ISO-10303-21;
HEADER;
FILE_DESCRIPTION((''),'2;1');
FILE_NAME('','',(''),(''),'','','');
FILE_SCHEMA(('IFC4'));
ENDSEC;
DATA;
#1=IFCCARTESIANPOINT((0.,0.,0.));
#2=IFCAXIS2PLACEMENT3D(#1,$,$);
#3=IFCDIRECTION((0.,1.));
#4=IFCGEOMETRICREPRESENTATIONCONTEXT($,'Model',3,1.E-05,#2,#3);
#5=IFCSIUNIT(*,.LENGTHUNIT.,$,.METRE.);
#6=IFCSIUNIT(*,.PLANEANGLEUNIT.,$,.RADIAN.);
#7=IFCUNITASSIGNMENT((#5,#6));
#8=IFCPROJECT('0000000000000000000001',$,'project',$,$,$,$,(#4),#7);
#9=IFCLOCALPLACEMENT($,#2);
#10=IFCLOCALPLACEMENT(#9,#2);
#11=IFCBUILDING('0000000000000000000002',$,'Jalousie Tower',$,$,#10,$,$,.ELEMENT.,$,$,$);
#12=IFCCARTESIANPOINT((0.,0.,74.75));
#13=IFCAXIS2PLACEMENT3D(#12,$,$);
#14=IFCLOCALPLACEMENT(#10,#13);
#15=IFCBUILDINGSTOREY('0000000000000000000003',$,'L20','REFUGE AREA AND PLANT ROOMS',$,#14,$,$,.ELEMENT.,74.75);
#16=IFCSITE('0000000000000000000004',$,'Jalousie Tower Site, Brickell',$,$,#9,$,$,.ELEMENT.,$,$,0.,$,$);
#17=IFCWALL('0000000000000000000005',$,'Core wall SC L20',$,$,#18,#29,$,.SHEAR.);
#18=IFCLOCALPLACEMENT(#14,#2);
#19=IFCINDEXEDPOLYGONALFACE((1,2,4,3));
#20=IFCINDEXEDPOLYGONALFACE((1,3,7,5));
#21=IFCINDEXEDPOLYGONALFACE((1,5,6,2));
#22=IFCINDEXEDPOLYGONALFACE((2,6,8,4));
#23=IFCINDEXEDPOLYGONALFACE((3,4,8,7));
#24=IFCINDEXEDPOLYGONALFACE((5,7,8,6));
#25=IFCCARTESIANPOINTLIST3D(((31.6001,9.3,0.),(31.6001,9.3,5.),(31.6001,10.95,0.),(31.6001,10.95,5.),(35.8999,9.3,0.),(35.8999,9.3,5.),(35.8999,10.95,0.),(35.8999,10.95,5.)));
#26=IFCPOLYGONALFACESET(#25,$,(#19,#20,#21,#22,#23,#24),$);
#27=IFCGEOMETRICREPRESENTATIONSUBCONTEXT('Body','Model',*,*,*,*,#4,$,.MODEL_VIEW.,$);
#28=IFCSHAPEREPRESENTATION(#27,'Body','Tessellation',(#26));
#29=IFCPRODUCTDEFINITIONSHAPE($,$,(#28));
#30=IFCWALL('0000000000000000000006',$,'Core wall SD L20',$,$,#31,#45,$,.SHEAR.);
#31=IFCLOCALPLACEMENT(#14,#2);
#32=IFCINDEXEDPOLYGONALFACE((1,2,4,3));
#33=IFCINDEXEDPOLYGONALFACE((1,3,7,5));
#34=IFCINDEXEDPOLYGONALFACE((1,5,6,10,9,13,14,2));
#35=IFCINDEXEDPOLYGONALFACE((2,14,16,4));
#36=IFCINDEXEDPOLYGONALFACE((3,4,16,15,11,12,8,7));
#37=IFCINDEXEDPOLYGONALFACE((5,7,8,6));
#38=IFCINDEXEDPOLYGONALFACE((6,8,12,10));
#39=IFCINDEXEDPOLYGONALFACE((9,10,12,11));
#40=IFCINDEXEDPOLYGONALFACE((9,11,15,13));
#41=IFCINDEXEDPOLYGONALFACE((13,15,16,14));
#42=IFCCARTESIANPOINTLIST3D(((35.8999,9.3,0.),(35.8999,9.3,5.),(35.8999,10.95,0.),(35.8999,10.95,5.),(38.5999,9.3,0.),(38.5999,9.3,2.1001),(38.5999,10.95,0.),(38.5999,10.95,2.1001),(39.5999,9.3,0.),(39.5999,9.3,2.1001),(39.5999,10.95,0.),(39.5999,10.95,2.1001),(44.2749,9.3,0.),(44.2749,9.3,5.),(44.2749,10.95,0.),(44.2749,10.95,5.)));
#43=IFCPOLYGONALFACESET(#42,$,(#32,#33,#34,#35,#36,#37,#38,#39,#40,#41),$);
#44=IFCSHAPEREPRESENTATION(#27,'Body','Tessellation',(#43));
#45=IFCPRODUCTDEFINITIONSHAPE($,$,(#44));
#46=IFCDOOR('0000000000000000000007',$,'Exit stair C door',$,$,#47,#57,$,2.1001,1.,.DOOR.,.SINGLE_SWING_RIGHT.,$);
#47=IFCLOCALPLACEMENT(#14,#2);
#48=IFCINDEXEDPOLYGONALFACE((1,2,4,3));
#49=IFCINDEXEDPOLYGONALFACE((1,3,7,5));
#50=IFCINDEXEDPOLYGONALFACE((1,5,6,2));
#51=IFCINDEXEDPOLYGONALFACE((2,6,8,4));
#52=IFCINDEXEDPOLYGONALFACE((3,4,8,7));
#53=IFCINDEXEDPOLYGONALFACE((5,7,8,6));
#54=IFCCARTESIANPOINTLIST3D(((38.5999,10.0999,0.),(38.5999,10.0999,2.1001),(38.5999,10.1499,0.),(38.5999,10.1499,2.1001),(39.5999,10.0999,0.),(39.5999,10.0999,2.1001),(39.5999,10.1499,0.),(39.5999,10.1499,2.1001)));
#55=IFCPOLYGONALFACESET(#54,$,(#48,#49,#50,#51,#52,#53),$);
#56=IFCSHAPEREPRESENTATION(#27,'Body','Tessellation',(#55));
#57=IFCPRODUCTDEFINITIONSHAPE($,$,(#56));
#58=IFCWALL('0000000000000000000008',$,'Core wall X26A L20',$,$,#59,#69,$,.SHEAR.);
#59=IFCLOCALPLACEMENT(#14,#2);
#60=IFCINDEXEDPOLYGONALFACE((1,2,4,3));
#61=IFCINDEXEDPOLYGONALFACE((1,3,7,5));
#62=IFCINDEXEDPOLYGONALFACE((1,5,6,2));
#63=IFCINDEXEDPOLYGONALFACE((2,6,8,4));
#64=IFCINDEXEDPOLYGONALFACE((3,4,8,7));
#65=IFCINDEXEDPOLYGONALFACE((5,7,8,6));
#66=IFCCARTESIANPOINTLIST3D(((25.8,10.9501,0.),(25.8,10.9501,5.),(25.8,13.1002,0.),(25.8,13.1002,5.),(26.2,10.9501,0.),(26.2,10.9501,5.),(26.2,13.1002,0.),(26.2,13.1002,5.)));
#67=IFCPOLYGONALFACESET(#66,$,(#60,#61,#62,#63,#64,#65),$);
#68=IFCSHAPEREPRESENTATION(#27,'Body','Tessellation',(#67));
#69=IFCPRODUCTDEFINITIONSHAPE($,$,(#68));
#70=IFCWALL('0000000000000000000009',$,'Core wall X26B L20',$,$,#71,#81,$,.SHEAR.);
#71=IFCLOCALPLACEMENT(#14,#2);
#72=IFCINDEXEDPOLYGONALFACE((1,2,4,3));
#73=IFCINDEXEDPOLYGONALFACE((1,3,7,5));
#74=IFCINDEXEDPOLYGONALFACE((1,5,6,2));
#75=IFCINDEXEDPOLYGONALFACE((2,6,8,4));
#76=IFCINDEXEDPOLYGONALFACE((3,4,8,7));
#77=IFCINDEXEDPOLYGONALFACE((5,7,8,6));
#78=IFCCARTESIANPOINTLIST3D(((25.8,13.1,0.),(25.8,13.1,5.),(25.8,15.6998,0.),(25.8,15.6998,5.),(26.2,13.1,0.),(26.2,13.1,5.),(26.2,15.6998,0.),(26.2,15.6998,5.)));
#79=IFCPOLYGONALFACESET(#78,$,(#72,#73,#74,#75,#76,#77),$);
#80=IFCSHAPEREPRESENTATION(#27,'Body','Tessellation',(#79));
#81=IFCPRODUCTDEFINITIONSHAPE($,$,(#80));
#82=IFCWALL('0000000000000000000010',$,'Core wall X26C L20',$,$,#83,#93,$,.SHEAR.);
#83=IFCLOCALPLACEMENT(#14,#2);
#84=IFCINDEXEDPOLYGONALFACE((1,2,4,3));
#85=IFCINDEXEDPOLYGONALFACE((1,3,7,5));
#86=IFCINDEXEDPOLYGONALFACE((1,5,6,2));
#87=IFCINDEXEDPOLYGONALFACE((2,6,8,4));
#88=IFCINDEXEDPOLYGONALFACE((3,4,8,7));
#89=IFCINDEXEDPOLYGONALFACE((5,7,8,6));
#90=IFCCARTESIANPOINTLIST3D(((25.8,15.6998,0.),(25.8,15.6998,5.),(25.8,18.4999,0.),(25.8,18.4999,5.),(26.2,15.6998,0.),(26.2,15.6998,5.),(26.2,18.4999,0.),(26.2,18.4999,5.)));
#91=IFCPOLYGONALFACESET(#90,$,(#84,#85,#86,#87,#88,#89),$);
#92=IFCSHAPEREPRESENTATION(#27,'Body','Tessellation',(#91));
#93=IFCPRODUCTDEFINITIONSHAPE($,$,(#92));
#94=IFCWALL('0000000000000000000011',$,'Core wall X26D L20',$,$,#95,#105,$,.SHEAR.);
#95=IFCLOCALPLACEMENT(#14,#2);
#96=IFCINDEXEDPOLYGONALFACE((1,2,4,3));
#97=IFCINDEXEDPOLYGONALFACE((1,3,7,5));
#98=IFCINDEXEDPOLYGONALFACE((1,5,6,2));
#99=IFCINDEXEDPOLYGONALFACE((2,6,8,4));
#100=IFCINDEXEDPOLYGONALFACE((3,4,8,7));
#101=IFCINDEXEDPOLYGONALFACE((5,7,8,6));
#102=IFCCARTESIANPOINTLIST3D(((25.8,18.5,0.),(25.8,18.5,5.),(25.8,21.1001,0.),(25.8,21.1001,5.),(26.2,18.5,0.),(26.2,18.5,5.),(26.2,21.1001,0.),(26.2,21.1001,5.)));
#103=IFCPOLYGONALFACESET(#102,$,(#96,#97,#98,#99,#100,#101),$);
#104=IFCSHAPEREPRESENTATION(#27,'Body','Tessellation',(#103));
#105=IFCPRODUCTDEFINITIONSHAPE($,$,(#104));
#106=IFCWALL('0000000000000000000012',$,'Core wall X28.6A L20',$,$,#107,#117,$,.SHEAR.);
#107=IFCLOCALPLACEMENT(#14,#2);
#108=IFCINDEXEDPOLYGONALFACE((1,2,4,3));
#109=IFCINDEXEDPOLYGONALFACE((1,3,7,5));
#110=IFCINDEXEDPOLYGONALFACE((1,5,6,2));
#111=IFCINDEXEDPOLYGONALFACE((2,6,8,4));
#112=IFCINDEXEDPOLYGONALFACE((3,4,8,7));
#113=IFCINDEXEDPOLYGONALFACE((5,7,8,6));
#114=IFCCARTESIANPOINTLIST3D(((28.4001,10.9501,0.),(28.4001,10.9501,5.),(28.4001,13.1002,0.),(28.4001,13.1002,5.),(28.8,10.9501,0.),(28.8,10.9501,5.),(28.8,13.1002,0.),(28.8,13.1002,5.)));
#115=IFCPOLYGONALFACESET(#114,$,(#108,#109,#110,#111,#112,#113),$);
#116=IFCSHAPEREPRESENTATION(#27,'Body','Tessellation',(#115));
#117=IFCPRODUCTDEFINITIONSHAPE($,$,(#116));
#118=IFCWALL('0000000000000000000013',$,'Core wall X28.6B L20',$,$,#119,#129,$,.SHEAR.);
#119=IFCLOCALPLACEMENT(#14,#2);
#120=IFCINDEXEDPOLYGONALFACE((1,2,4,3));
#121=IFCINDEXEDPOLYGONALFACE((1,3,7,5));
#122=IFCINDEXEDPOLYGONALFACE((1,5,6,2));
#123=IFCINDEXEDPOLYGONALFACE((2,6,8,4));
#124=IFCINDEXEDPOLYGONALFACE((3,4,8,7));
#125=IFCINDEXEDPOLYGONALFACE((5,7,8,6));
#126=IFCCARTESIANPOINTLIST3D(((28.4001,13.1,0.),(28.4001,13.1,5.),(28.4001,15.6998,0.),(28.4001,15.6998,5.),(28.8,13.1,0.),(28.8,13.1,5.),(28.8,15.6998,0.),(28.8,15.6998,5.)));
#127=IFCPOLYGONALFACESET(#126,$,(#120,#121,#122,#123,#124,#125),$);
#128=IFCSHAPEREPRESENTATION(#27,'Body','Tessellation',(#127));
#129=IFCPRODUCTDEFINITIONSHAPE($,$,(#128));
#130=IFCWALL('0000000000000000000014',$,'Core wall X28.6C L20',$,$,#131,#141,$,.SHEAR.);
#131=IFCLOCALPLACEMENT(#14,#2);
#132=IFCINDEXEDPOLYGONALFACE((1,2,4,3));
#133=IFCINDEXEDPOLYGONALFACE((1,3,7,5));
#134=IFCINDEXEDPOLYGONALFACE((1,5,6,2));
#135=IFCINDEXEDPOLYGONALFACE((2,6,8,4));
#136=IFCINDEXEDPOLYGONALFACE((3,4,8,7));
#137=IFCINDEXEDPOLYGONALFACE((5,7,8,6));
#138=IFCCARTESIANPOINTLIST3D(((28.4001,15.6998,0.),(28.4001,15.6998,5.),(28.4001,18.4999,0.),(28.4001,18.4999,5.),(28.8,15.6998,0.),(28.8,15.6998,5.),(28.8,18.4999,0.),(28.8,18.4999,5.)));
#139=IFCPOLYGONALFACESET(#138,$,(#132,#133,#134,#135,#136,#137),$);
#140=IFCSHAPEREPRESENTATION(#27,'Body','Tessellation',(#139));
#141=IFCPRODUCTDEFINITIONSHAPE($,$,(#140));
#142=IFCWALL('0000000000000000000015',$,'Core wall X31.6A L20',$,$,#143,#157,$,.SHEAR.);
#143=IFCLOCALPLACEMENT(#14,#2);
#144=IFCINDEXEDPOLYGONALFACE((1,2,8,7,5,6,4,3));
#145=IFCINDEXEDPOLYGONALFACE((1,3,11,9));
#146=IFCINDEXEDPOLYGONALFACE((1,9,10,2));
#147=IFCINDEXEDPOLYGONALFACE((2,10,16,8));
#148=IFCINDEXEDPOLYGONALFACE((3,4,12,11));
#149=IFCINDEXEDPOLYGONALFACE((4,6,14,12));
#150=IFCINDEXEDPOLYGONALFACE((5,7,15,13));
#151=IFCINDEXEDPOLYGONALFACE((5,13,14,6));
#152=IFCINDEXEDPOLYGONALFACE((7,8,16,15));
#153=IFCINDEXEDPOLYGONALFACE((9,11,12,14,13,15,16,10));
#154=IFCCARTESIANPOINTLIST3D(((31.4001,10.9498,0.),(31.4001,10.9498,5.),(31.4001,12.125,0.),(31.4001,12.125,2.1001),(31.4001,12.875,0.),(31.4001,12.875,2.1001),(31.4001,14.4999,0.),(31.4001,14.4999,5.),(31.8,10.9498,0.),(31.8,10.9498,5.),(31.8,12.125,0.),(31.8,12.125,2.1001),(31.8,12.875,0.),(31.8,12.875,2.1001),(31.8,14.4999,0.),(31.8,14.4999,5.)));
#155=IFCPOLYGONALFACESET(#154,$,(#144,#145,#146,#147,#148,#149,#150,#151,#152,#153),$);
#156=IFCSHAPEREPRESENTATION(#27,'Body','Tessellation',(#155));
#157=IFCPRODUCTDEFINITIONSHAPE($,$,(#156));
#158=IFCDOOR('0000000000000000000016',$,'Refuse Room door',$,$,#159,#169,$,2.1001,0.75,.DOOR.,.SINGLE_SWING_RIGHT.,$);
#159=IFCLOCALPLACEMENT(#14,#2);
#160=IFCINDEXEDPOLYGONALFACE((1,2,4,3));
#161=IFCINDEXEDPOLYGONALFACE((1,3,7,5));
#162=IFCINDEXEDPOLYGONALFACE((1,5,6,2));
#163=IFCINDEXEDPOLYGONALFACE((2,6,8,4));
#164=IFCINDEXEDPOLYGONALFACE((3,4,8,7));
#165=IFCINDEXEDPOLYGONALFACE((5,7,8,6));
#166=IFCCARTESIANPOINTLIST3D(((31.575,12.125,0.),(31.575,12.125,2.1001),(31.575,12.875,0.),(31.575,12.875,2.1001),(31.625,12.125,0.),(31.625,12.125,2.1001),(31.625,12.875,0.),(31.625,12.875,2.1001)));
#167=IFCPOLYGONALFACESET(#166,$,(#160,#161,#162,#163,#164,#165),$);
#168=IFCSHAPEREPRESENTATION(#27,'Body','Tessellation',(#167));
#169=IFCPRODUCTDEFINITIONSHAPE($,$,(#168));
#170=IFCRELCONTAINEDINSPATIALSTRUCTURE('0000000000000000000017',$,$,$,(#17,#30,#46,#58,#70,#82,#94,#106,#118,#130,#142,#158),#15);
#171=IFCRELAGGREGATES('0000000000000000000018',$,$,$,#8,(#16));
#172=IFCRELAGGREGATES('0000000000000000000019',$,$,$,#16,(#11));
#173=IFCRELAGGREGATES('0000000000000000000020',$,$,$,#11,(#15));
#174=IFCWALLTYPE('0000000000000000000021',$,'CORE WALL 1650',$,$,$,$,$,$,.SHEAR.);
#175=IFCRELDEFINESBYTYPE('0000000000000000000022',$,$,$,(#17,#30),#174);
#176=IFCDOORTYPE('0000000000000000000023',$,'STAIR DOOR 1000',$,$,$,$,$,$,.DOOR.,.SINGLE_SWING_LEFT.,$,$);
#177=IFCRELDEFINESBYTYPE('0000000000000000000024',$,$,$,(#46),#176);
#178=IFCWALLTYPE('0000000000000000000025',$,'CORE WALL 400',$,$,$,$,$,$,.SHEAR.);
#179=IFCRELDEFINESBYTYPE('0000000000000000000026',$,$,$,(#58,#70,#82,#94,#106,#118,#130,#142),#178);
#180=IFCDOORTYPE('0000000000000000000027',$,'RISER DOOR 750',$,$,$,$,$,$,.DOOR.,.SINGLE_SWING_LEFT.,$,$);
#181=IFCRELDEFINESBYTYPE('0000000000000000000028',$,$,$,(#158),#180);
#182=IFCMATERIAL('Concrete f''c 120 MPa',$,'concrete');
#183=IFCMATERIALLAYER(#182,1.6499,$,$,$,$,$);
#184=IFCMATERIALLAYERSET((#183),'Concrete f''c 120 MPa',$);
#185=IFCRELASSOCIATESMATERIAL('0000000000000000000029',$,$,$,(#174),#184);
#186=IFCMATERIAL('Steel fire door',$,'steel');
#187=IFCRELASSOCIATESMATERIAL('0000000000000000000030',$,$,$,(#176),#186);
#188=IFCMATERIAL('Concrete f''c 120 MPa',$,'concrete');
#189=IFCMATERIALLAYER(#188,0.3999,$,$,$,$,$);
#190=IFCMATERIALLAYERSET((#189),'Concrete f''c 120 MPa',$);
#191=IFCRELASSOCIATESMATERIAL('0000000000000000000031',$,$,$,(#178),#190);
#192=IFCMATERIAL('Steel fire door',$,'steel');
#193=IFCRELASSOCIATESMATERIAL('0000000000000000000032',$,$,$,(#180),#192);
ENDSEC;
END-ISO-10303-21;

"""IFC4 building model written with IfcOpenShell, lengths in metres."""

from ifc_helpers import new_model, si_unit, direction, frame, frame_2d, origin, place, context, subcontext, project, spatial, rectangle, extrude, material, layer, layer_set, type_object, element, fill, save


model = new_model("IFC4")

# Units and contexts
model_context = context("Model", 3, precision=1e-05, world=origin(), true_north=direction((0.0, 1.0)))
body_context = subcontext(model_context, "Body", "Model", "MODEL_VIEW")
ifc_project = project(units=[si_unit("LENGTHUNIT", "METRE"), si_unit("PLANEANGLEUNIT", "RADIAN")], contexts=[model_context])

# Site, building, storey
site_placement = place(None, origin())
site = spatial("IfcSite", under=ifc_project, at=site_placement, Name="Jalousie Tower Site, Brickell", CompositionType="ELEMENT", RefElevation=0.0)
building_placement = place(site_placement, origin())
building = spatial("IfcBuilding", under=site, at=building_placement, Name="Jalousie Tower", CompositionType="ELEMENT")
storey_placement = place(building_placement, frame((0.0, 0.0, 74.75)))
storey = spatial("IfcBuildingStorey", under=building, at=storey_placement, Name="L20", Description="REFUGE AREA AND PLANT ROOMS", CompositionType="ELEMENT", Elevation=74.75)

# Shared definitions
ifc_material_1 = material(Name="Concrete f'c 120 MPa", Category="concrete")
ifc_layer_1 = layer(ifc_material_1, 1.6499)
ifc_layer_set_1 = layer_set([ifc_layer_1], Name="Concrete f'c 120 MPa")
wall_type_1 = type_object("IfcWallType", Name="CORE WALL 1650", PredefinedType="SHEAR", material=ifc_layer_set_1)

# Wall
wall_1_placement = place(storey_placement, frame((31.6001, 10.125, 0.0), z_axis=(0.0, 0.0, 1.0), x_axis=(1.0, 0.0, 0.0)))
element("IfcWall", 1, at=wall_1_placement, inside=storey, type_object=wall_type_1, Name="Core wall SC L20", PredefinedType="SHEAR", context=body_context, shape_type="SweptSolid", body=[
    extrude(rectangle(XDim=4.2998, YDim=1.6499, at=frame_2d((2.1499, 0.0))), origin(), (0.0, 0.0, 1.0), 5.0),
])

# Wall, opening, door
wall_2_placement = place(storey_placement, frame((35.8999, 10.125, 0.0), z_axis=(0.0, 0.0, 1.0), x_axis=(1.0, 0.0, 0.0)))
wall_2 = element("IfcWall", 2, at=wall_2_placement, inside=storey, type_object=wall_type_1, Name="Core wall SD L20", PredefinedType="SHEAR", context=body_context, shape_type="SweptSolid", body=[
    extrude(rectangle(XDim=8.375, YDim=1.6499, at=frame_2d((4.1875, 0.0))), origin(), (0.0, 0.0, 1.0), 5.0),
])
opening_1_placement = place(wall_2_placement, frame((2.7, 0.0, 0.0)))
opening_1 = element("IfcOpeningElement", 3, at=opening_1_placement, cuts=wall_2, PredefinedType="OPENING", context=body_context, shape_type="SweptSolid", body=[
    extrude(rectangle(XDim=1.0, YDim=2.1001, at=frame_2d((0.5, 1.05))), frame((0.0, 0.835, 0.0), z_axis=(0.0, -1.0, 0.0), x_axis=(1.0, 0.0, 0.0)), (0.0, 0.0, 1.0), 1.6699),
])
ifc_material_2 = material(Name="Steel fire door", Category="steel")
door_type_1 = type_object("IfcDoorType", Name="STAIR DOOR 1000", OperationType="SINGLE_SWING_LEFT", PredefinedType="DOOR", material=ifc_material_2)
door_1_placement = place(opening_1_placement, origin())
door_1 = element("IfcDoor", 4, at=door_1_placement, inside=storey, type_object=door_type_1, Name="Exit stair C door", OperationType="SINGLE_SWING_RIGHT", OverallHeight=2.1001, OverallWidth=1.0, PredefinedType="DOOR", context=body_context, shape_type="SweptSolid", body=[
    extrude(rectangle(XDim=1.0, YDim=2.1001, at=frame_2d((0.5, 1.05))), frame((0.0, 0.0249, 0.0), z_axis=(0.0, -1.0, 0.0), x_axis=(1.0, 0.0, 0.0)), (0.0, 0.0, 1.0), 0.05),
])
fill(opening_1, door_1)

# Walls
ifc_material_3 = material(Name="Concrete f'c 120 MPa", Category="concrete")
ifc_layer_2 = layer(ifc_material_3, 0.3999)
ifc_layer_set_2 = layer_set([ifc_layer_2], Name="Concrete f'c 120 MPa")
wall_type_2 = type_object("IfcWallType", Name="CORE WALL 400", PredefinedType="SHEAR", material=ifc_layer_set_2)
wall_3_placement = place(storey_placement, frame((26.0, 10.95, 0.0), z_axis=(0.0, 0.0, 1.0), x_axis=(0.0, 1.0, 0.0)))
element("IfcWall", 5, at=wall_3_placement, inside=storey, type_object=wall_type_2, Name="Core wall X26A L20", PredefinedType="SHEAR", context=body_context, shape_type="SweptSolid", body=[
    extrude(rectangle(XDim=2.1501, YDim=0.3999, at=frame_2d((1.0752, 0.0))), origin(), (0.0, 0.0, 1.0), 5.0),
])
wall_4_placement = place(storey_placement, frame((26.0, 13.1001, 0.0), z_axis=(0.0, 0.0, 1.0), x_axis=(0.0, 1.0, 0.0)))
element("IfcWall", 6, at=wall_4_placement, inside=storey, type_object=wall_type_2, Name="Core wall X26B L20", PredefinedType="SHEAR", context=body_context, shape_type="SweptSolid", body=[
    extrude(rectangle(XDim=2.5999, YDim=0.3999, at=frame_2d((1.2998, 0.0))), origin(), (0.0, 0.0, 1.0), 5.0),
])
wall_5_placement = place(storey_placement, frame((26.0, 15.7, 0.0), z_axis=(0.0, 0.0, 1.0), x_axis=(0.0, 1.0, 0.0)))
element("IfcWall", 7, at=wall_5_placement, inside=storey, type_object=wall_type_2, Name="Core wall X26C L20", PredefinedType="SHEAR", context=body_context, shape_type="SweptSolid", body=[
    extrude(rectangle(XDim=2.8, YDim=0.3999, at=frame_2d((1.3999, 0.0))), origin(), (0.0, 0.0, 1.0), 5.0),
])
wall_6_placement = place(storey_placement, frame((26.0, 18.5, 0.0), z_axis=(0.0, 0.0, 1.0), x_axis=(0.0, 1.0, 0.0)))
element("IfcWall", 8, at=wall_6_placement, inside=storey, type_object=wall_type_2, Name="Core wall X26D L20", PredefinedType="SHEAR", context=body_context, shape_type="SweptSolid", body=[
    extrude(rectangle(XDim=2.6001, YDim=0.3999, at=frame_2d((1.3, 0.0))), origin(), (0.0, 0.0, 1.0), 5.0),
])
wall_7_placement = place(storey_placement, frame((28.6001, 10.95, 0.0), z_axis=(0.0, 0.0, 1.0), x_axis=(0.0, 1.0, 0.0)))
element("IfcWall", 9, at=wall_7_placement, inside=storey, type_object=wall_type_2, Name="Core wall X28.6A L20", PredefinedType="SHEAR", context=body_context, shape_type="SweptSolid", body=[
    extrude(rectangle(XDim=2.1501, YDim=0.3999, at=frame_2d((1.0752, 0.0))), origin(), (0.0, 0.0, 1.0), 5.0),
])
wall_8_placement = place(storey_placement, frame((28.6001, 13.1001, 0.0), z_axis=(0.0, 0.0, 1.0), x_axis=(0.0, 1.0, 0.0)))
element("IfcWall", 10, at=wall_8_placement, inside=storey, type_object=wall_type_2, Name="Core wall X28.6B L20", PredefinedType="SHEAR", context=body_context, shape_type="SweptSolid", body=[
    extrude(rectangle(XDim=2.5999, YDim=0.3999, at=frame_2d((1.2998, 0.0))), origin(), (0.0, 0.0, 1.0), 5.0),
])
wall_9_placement = place(storey_placement, frame((28.6001, 15.7, 0.0), z_axis=(0.0, 0.0, 1.0), x_axis=(0.0, 1.0, 0.0)))
element("IfcWall", 11, at=wall_9_placement, inside=storey, type_object=wall_type_2, Name="Core wall X28.6C L20", PredefinedType="SHEAR", context=body_context, shape_type="SweptSolid", body=[
    extrude(rectangle(XDim=2.8, YDim=0.3999, at=frame_2d((1.3999, 0.0))), origin(), (0.0, 0.0, 1.0), 5.0),
])

# Wall, opening, door
wall_10_placement = place(storey_placement, frame((31.6001, 10.95, 0.0), z_axis=(0.0, 0.0, 1.0), x_axis=(0.0, 1.0, 0.0)))
wall_10 = element("IfcWall", 12, at=wall_10_placement, inside=storey, type_object=wall_type_2, Name="Core wall X31.6A L20", PredefinedType="SHEAR", context=body_context, shape_type="SweptSolid", body=[
    extrude(rectangle(XDim=3.55, YDim=0.3999, at=frame_2d((1.7749, 0.0))), origin(), (0.0, 0.0, 1.0), 5.0),
])
opening_2_placement = place(wall_10_placement, frame((1.175, 0.0, 0.0)))
opening_2 = element("IfcOpeningElement", 13, at=opening_2_placement, cuts=wall_10, PredefinedType="OPENING", context=body_context, shape_type="SweptSolid", body=[
    extrude(rectangle(XDim=0.75, YDim=2.1001, at=frame_2d((0.375, 1.05))), frame((0.0, 0.21, 0.0), z_axis=(0.0, -1.0, 0.0), x_axis=(1.0, 0.0, 0.0)), (0.0, 0.0, 1.0), 0.4199),
])
ifc_material_4 = material(Name="Steel fire door", Category="steel")
door_type_2 = type_object("IfcDoorType", Name="RISER DOOR 750", OperationType="SINGLE_SWING_LEFT", PredefinedType="DOOR", material=ifc_material_4)
door_2_placement = place(opening_2_placement, frame((0.75, 0.0, 0.0), z_axis=(0.0, 0.0, 1.0), x_axis=(-1.0, 0.0, 0.0)))
door_2 = element("IfcDoor", 14, at=door_2_placement, inside=storey, type_object=door_type_2, Name="Refuse Room door", OperationType="SINGLE_SWING_RIGHT", OverallHeight=2.1001, OverallWidth=0.75, PredefinedType="DOOR", context=body_context, shape_type="SweptSolid", body=[
    extrude(rectangle(XDim=0.75, YDim=2.1001, at=frame_2d((0.375, 1.05))), frame((0.0, 0.0249, 0.0), z_axis=(0.0, -1.0, 0.0), x_axis=(1.0, 0.0, 0.0)), (0.0, 0.0, 1.0), 0.05),
])
fill(opening_2, door_2)

save(model, "model.ifc")
